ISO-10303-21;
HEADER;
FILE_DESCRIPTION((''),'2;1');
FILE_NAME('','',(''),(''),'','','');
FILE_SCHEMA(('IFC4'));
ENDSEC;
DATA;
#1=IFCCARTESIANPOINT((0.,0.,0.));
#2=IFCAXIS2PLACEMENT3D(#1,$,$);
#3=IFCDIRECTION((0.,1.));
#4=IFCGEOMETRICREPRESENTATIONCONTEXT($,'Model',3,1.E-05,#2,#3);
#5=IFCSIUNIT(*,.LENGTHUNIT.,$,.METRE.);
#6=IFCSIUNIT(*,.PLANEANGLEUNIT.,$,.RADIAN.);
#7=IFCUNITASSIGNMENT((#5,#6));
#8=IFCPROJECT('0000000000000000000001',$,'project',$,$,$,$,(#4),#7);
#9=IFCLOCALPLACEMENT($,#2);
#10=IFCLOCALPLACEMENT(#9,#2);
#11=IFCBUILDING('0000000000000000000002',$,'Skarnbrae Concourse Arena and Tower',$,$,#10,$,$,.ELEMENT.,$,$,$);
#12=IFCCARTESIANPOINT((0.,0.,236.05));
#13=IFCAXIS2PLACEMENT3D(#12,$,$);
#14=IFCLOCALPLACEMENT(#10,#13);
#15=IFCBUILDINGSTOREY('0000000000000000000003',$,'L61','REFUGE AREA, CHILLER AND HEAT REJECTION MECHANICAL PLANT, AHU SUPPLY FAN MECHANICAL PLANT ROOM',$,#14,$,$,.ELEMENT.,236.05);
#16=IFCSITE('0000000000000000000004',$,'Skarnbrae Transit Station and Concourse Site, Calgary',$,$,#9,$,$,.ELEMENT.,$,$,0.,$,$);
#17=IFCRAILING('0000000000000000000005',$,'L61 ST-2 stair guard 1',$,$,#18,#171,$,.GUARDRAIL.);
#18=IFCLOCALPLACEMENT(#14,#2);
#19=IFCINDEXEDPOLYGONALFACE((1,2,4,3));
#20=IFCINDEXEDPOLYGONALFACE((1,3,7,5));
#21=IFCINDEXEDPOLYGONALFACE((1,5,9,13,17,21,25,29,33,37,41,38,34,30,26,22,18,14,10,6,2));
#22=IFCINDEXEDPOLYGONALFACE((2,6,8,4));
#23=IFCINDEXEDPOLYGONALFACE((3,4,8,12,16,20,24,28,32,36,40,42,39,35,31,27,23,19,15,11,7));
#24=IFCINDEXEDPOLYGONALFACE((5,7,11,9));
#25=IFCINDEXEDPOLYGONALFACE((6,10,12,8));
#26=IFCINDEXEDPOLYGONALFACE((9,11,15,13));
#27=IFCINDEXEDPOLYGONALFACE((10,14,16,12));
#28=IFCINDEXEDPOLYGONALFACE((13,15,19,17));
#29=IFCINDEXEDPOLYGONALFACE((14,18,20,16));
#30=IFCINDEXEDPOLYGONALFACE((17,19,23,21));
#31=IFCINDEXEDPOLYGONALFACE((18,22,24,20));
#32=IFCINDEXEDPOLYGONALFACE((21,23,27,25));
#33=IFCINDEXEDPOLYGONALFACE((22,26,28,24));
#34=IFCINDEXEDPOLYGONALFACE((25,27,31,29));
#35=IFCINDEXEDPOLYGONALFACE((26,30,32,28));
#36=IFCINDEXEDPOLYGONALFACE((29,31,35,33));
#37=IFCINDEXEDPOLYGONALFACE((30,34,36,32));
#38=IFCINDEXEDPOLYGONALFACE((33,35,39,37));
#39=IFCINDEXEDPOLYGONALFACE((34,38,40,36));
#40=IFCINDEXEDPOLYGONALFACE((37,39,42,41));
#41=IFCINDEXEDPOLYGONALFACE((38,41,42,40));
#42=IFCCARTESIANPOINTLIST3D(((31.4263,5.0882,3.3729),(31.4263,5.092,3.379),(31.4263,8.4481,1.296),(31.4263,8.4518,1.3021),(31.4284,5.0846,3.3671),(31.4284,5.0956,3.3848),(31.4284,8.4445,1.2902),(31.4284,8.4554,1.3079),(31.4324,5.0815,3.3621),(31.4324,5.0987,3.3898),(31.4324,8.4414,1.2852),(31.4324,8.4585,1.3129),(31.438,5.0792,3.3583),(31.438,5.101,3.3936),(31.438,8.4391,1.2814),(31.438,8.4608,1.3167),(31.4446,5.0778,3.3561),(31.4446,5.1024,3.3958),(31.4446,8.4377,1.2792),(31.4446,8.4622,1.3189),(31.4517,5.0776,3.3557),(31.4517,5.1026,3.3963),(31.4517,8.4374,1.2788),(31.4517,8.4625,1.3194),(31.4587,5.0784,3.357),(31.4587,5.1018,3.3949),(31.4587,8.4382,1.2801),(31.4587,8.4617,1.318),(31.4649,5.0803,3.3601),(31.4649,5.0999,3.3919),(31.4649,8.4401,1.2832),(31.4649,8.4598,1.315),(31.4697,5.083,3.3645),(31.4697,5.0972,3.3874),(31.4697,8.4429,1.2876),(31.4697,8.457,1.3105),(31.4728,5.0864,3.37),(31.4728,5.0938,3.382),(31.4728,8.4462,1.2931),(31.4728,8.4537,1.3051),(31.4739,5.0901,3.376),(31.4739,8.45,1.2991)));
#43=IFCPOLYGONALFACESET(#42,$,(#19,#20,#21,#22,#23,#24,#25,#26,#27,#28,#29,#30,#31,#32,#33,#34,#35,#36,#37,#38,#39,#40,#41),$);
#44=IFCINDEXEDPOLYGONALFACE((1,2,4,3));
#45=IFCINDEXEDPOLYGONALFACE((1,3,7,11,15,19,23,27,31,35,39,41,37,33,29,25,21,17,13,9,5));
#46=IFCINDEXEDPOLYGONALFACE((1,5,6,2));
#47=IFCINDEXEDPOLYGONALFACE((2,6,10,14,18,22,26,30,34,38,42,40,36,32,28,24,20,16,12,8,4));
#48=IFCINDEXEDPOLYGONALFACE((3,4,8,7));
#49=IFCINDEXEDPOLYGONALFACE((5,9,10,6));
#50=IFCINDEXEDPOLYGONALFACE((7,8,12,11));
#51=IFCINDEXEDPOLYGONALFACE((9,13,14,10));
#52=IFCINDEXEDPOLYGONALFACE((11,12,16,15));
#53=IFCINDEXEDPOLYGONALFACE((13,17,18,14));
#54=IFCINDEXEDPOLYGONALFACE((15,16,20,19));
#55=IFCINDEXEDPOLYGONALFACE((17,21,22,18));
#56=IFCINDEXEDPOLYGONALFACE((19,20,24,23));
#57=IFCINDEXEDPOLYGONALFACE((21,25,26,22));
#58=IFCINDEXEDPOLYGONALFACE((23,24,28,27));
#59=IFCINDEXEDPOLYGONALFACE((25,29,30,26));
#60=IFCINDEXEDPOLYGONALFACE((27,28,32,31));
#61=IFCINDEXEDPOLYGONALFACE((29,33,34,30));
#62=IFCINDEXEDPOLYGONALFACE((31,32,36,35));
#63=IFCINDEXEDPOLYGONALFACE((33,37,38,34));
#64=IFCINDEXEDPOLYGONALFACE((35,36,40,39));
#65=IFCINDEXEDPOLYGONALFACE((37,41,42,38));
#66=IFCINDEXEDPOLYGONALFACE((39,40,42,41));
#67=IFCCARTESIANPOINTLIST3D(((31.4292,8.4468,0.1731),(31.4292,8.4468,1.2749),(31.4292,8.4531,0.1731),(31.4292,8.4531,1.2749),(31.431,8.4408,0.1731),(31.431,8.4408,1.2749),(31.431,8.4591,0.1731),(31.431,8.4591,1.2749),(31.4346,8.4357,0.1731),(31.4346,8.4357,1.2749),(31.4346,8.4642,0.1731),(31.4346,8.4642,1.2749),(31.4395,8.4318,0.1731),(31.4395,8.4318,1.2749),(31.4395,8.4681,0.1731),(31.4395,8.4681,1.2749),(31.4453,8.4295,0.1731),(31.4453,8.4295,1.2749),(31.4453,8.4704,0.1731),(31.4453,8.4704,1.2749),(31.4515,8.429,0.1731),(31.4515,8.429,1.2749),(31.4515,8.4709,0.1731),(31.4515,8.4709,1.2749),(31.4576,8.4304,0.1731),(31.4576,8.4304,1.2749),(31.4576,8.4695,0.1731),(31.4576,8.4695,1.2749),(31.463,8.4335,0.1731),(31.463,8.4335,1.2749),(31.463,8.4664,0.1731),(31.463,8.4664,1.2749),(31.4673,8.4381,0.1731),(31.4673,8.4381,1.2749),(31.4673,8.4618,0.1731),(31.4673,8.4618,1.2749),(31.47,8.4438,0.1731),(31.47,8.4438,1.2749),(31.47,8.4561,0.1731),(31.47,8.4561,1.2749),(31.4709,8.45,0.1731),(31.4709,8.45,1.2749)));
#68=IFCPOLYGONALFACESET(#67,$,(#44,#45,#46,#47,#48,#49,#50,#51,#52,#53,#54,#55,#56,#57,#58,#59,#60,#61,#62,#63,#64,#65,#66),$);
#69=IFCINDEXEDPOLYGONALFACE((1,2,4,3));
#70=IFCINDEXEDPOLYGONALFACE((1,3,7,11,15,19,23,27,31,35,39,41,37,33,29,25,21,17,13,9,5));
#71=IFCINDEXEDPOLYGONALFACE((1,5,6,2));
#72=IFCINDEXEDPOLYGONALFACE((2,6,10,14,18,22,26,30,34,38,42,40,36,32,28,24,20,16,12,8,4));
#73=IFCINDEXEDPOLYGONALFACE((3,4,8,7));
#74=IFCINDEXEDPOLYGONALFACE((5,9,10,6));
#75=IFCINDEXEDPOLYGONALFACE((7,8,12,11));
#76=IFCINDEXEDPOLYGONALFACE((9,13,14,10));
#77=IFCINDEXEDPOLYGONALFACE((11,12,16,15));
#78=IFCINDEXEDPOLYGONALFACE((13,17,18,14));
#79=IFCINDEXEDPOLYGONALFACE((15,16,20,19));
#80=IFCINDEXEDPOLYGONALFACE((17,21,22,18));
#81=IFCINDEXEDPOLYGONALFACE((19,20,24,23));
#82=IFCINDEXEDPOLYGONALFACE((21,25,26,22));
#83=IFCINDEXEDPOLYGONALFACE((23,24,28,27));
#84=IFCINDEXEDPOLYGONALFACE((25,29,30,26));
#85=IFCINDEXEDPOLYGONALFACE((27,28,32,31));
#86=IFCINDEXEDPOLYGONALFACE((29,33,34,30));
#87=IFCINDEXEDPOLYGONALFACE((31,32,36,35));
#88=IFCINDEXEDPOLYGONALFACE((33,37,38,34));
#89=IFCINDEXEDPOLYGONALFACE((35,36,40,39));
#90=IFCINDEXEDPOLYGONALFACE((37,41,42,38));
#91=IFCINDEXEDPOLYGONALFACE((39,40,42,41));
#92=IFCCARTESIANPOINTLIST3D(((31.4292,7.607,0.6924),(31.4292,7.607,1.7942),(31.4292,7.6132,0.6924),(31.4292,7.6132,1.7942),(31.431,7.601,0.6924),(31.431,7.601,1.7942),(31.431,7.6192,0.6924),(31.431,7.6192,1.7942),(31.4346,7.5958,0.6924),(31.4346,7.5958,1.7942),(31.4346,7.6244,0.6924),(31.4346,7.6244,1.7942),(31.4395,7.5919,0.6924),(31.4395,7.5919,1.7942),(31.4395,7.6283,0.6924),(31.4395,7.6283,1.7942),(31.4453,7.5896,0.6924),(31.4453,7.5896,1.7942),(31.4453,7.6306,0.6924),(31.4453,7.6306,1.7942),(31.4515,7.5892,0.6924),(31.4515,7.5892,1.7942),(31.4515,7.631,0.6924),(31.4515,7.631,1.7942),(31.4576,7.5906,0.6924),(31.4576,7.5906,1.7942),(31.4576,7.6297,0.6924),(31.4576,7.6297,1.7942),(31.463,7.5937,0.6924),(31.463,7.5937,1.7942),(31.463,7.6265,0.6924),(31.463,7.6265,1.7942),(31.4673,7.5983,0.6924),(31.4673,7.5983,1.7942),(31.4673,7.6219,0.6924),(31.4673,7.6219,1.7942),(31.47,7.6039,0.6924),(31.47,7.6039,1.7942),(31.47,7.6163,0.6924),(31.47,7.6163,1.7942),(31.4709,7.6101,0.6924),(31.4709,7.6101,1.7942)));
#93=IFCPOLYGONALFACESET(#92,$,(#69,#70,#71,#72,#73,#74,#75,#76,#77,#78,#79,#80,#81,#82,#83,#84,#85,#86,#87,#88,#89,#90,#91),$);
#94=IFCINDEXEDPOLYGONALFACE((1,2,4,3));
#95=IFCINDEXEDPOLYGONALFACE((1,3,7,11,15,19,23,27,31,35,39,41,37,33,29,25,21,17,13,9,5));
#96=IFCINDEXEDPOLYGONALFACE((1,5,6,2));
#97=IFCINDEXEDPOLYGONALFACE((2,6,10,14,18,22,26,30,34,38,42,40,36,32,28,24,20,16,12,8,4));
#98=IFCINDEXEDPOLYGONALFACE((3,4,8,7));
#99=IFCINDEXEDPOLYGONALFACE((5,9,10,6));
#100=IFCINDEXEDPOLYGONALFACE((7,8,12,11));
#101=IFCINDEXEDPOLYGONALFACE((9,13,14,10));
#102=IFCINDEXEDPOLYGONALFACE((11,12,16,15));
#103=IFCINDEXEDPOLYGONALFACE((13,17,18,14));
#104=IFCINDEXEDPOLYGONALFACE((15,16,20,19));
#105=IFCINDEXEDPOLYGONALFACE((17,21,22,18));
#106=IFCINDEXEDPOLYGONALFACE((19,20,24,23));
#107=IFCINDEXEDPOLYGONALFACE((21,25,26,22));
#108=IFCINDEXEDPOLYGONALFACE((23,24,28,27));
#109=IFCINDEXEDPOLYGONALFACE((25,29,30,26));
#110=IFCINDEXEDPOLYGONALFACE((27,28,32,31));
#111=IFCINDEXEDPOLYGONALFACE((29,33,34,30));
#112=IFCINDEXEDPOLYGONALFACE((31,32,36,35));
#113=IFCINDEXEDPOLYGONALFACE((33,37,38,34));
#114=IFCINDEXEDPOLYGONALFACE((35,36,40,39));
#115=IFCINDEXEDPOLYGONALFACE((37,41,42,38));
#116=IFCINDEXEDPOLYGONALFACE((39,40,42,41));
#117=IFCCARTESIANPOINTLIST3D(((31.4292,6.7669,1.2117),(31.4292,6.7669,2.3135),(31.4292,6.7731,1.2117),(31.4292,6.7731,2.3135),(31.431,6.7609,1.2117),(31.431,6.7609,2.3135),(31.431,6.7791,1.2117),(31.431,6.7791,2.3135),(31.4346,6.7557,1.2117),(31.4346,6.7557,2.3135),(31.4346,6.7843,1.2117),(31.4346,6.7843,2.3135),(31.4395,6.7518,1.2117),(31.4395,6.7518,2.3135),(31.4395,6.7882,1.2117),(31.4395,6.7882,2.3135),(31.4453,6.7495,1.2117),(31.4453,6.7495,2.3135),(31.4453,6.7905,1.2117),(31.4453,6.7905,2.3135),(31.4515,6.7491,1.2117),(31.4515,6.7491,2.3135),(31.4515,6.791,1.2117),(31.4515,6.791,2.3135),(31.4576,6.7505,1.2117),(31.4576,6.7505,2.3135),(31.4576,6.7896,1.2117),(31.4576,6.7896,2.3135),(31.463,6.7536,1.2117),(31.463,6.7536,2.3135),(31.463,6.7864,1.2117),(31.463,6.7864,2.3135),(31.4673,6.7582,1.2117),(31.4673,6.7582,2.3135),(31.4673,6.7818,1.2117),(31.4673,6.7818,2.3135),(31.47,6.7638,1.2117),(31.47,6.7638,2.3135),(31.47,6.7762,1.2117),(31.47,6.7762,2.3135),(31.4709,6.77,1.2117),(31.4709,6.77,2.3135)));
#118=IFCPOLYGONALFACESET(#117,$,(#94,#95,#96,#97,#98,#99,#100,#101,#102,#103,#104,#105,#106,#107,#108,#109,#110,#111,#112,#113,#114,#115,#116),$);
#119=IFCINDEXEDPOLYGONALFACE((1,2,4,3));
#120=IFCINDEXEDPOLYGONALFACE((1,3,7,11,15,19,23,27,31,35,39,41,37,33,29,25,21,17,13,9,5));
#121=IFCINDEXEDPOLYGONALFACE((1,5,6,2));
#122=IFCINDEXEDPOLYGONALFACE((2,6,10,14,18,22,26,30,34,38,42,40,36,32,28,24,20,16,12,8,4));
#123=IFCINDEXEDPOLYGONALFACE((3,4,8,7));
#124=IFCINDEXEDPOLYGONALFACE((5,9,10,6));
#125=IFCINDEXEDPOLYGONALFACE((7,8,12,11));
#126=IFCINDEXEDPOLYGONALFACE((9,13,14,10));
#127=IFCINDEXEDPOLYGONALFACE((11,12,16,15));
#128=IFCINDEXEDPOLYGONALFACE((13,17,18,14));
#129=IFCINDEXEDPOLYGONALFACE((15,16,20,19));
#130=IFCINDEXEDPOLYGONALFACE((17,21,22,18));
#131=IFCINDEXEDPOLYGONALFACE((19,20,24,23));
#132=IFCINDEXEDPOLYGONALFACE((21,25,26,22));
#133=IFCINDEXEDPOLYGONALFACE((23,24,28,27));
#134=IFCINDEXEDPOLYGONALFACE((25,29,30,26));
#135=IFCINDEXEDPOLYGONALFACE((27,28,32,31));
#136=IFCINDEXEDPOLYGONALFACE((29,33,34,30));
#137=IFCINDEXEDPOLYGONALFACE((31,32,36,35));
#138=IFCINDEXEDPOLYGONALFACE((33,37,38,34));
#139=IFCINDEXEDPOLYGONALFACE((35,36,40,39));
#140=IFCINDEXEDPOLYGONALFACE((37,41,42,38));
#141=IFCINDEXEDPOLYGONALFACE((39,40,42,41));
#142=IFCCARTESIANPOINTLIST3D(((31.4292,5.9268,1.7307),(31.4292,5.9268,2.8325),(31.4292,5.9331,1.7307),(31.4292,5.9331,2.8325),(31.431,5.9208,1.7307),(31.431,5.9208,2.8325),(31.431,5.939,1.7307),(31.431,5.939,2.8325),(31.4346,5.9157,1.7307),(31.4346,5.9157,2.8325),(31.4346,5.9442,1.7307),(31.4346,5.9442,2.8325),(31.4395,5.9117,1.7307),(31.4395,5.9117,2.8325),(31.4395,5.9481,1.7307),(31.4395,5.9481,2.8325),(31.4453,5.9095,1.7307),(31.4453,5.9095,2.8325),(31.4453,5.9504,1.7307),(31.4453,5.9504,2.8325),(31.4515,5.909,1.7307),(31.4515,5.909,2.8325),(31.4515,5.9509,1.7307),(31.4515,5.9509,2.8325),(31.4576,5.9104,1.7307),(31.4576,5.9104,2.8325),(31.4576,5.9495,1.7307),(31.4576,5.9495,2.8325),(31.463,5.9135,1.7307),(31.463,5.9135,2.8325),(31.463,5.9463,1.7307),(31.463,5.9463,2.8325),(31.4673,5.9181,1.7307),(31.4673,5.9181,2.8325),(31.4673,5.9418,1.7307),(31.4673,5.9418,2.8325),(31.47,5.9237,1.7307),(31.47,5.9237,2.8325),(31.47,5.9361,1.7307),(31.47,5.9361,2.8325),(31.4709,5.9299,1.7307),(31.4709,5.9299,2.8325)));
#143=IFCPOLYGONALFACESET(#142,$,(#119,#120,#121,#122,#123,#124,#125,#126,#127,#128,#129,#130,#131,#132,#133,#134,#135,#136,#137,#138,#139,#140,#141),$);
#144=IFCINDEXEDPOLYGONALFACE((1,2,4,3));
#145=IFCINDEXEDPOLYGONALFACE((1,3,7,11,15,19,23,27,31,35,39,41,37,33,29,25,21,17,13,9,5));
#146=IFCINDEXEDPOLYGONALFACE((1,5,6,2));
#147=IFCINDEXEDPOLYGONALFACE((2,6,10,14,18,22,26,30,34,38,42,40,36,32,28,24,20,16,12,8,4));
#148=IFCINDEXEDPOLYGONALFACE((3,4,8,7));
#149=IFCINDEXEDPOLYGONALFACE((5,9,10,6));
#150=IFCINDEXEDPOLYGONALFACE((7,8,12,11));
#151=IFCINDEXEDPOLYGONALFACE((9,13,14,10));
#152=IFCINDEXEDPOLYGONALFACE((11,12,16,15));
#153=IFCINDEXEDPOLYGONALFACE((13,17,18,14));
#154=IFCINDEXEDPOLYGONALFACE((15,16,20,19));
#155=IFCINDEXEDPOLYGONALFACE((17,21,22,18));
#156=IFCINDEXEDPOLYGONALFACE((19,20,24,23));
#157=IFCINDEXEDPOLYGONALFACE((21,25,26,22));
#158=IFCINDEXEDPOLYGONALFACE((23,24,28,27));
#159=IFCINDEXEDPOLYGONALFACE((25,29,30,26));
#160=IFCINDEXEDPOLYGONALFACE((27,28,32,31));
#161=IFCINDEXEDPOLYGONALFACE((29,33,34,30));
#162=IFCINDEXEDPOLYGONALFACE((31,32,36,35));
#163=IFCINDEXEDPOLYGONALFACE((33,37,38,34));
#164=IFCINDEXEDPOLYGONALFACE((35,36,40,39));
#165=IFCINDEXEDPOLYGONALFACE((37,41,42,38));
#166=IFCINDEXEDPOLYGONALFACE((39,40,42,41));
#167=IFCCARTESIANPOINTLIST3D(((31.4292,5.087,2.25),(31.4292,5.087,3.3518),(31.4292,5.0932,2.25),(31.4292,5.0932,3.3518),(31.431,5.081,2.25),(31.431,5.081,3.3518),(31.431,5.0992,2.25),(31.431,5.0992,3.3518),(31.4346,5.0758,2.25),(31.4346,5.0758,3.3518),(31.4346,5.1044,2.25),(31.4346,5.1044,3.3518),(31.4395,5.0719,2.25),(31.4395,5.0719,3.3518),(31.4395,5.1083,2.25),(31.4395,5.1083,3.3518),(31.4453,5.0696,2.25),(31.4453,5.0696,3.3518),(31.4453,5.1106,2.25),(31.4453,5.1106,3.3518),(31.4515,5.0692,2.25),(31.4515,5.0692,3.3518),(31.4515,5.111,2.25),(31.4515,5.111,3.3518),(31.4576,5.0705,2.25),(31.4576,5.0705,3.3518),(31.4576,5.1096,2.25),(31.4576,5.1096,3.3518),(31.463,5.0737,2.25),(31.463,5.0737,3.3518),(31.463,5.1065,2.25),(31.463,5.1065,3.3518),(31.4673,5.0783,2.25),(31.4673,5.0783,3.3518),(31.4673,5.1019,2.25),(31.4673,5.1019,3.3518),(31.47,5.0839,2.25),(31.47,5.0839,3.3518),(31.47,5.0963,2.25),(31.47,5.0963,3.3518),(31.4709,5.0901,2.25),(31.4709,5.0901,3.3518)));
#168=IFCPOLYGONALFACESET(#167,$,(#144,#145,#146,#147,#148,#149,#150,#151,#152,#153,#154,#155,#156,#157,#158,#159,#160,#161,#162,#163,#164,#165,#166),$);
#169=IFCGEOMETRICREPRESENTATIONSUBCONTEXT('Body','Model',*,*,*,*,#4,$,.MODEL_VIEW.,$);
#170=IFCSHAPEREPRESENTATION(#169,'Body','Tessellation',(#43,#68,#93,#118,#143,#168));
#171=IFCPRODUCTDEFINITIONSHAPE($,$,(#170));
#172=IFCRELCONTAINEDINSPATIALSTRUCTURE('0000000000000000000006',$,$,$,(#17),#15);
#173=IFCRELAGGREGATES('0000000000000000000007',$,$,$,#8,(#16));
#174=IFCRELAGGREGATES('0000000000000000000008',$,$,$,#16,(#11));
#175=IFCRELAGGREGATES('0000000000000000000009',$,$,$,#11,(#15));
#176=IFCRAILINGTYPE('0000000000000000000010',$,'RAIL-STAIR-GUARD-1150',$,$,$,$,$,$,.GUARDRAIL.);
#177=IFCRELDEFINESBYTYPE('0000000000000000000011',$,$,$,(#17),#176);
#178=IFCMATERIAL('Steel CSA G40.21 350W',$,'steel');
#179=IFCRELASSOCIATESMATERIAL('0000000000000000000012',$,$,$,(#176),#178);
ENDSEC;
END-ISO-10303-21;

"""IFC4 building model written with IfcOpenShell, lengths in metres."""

from ifc_helpers import new_model, si_unit, direction, frame, origin, origin_2d, place, context, subcontext, project, spatial, circle, extrude, material, type_object, element, save


model = new_model("IFC4")

# Units and contexts
model_context = context("Model", 3, precision=1e-05, world=origin(), true_north=direction((0.0, 1.0)))
body_context = subcontext(model_context, "Body", "Model", "MODEL_VIEW")
ifc_project = project(units=[si_unit("LENGTHUNIT", "METRE"), si_unit("PLANEANGLEUNIT", "RADIAN")], contexts=[model_context])

# Site, building, storey
site_placement = place(None, origin())
site = spatial("IfcSite", under=ifc_project, at=site_placement, Name="Skarnbrae Transit Station and Concourse Site, Calgary", CompositionType="ELEMENT", RefElevation=0.0)
building_placement = place(site_placement, origin())
building = spatial("IfcBuilding", under=site, at=building_placement, Name="Skarnbrae Concourse Arena and Tower", CompositionType="ELEMENT")
storey_placement = place(building_placement, frame((0.0, 0.0, 236.05)))
storey = spatial("IfcBuildingStorey", under=building, at=storey_placement, Name="L61", Description="REFUGE AREA, CHILLER AND HEAT REJECTION MECHANICAL PLANT, AHU SUPPLY FAN MECHANICAL PLANT ROOM", CompositionType="ELEMENT", Elevation=236.05)

# Shared definitions
ifc_material_1 = material(Name="Steel CSA G40.21 350W", Category="steel")

# Railing
railing_type_1 = type_object("IfcRailingType", Name="RAIL-STAIR-GUARD-1150", PredefinedType="GUARDRAIL", material=ifc_material_1)
railing_1_placement = place(storey_placement, frame((31.45, 8.45, 0.1731)))
element("IfcRailing", 1, at=railing_1_placement, inside=storey, type_object=railing_type_1, Name="L61 ST-2 stair guard 1", PredefinedType="GUARDRAIL", context=body_context, shape_type="SweptSolid", body=[
    extrude(circle(Radius=0.0239, at=origin_2d()), frame((0.0, 0.0, 1.126), z_axis=(0.0, -0.850606, 0.525803), x_axis=(1.0, 0.0, 0.0)), (0.0, 0.0, 1.0), 3.95),
    extrude(circle(Radius=0.021, at=origin_2d()), origin(), (0.0, 0.0, 1.0), 1.1018),
    extrude(circle(Radius=0.021, at=origin_2d()), frame((0.0, -0.8398, 0.5193)), (0.0, 0.0, 1.0), 1.1018),
    extrude(circle(Radius=0.021, at=origin_2d()), frame((0.0, -1.6799, 1.0386)), (0.0, 0.0, 1.0), 1.1018),
    extrude(circle(Radius=0.021, at=origin_2d()), frame((0.0, -2.52, 1.5576)), (0.0, 0.0, 1.0), 1.1018),
    extrude(circle(Radius=0.021, at=origin_2d()), frame((0.0, -3.3599, 2.0769)), (0.0, 0.0, 1.0), 1.1018),
])

save(model, "model.ifc")
